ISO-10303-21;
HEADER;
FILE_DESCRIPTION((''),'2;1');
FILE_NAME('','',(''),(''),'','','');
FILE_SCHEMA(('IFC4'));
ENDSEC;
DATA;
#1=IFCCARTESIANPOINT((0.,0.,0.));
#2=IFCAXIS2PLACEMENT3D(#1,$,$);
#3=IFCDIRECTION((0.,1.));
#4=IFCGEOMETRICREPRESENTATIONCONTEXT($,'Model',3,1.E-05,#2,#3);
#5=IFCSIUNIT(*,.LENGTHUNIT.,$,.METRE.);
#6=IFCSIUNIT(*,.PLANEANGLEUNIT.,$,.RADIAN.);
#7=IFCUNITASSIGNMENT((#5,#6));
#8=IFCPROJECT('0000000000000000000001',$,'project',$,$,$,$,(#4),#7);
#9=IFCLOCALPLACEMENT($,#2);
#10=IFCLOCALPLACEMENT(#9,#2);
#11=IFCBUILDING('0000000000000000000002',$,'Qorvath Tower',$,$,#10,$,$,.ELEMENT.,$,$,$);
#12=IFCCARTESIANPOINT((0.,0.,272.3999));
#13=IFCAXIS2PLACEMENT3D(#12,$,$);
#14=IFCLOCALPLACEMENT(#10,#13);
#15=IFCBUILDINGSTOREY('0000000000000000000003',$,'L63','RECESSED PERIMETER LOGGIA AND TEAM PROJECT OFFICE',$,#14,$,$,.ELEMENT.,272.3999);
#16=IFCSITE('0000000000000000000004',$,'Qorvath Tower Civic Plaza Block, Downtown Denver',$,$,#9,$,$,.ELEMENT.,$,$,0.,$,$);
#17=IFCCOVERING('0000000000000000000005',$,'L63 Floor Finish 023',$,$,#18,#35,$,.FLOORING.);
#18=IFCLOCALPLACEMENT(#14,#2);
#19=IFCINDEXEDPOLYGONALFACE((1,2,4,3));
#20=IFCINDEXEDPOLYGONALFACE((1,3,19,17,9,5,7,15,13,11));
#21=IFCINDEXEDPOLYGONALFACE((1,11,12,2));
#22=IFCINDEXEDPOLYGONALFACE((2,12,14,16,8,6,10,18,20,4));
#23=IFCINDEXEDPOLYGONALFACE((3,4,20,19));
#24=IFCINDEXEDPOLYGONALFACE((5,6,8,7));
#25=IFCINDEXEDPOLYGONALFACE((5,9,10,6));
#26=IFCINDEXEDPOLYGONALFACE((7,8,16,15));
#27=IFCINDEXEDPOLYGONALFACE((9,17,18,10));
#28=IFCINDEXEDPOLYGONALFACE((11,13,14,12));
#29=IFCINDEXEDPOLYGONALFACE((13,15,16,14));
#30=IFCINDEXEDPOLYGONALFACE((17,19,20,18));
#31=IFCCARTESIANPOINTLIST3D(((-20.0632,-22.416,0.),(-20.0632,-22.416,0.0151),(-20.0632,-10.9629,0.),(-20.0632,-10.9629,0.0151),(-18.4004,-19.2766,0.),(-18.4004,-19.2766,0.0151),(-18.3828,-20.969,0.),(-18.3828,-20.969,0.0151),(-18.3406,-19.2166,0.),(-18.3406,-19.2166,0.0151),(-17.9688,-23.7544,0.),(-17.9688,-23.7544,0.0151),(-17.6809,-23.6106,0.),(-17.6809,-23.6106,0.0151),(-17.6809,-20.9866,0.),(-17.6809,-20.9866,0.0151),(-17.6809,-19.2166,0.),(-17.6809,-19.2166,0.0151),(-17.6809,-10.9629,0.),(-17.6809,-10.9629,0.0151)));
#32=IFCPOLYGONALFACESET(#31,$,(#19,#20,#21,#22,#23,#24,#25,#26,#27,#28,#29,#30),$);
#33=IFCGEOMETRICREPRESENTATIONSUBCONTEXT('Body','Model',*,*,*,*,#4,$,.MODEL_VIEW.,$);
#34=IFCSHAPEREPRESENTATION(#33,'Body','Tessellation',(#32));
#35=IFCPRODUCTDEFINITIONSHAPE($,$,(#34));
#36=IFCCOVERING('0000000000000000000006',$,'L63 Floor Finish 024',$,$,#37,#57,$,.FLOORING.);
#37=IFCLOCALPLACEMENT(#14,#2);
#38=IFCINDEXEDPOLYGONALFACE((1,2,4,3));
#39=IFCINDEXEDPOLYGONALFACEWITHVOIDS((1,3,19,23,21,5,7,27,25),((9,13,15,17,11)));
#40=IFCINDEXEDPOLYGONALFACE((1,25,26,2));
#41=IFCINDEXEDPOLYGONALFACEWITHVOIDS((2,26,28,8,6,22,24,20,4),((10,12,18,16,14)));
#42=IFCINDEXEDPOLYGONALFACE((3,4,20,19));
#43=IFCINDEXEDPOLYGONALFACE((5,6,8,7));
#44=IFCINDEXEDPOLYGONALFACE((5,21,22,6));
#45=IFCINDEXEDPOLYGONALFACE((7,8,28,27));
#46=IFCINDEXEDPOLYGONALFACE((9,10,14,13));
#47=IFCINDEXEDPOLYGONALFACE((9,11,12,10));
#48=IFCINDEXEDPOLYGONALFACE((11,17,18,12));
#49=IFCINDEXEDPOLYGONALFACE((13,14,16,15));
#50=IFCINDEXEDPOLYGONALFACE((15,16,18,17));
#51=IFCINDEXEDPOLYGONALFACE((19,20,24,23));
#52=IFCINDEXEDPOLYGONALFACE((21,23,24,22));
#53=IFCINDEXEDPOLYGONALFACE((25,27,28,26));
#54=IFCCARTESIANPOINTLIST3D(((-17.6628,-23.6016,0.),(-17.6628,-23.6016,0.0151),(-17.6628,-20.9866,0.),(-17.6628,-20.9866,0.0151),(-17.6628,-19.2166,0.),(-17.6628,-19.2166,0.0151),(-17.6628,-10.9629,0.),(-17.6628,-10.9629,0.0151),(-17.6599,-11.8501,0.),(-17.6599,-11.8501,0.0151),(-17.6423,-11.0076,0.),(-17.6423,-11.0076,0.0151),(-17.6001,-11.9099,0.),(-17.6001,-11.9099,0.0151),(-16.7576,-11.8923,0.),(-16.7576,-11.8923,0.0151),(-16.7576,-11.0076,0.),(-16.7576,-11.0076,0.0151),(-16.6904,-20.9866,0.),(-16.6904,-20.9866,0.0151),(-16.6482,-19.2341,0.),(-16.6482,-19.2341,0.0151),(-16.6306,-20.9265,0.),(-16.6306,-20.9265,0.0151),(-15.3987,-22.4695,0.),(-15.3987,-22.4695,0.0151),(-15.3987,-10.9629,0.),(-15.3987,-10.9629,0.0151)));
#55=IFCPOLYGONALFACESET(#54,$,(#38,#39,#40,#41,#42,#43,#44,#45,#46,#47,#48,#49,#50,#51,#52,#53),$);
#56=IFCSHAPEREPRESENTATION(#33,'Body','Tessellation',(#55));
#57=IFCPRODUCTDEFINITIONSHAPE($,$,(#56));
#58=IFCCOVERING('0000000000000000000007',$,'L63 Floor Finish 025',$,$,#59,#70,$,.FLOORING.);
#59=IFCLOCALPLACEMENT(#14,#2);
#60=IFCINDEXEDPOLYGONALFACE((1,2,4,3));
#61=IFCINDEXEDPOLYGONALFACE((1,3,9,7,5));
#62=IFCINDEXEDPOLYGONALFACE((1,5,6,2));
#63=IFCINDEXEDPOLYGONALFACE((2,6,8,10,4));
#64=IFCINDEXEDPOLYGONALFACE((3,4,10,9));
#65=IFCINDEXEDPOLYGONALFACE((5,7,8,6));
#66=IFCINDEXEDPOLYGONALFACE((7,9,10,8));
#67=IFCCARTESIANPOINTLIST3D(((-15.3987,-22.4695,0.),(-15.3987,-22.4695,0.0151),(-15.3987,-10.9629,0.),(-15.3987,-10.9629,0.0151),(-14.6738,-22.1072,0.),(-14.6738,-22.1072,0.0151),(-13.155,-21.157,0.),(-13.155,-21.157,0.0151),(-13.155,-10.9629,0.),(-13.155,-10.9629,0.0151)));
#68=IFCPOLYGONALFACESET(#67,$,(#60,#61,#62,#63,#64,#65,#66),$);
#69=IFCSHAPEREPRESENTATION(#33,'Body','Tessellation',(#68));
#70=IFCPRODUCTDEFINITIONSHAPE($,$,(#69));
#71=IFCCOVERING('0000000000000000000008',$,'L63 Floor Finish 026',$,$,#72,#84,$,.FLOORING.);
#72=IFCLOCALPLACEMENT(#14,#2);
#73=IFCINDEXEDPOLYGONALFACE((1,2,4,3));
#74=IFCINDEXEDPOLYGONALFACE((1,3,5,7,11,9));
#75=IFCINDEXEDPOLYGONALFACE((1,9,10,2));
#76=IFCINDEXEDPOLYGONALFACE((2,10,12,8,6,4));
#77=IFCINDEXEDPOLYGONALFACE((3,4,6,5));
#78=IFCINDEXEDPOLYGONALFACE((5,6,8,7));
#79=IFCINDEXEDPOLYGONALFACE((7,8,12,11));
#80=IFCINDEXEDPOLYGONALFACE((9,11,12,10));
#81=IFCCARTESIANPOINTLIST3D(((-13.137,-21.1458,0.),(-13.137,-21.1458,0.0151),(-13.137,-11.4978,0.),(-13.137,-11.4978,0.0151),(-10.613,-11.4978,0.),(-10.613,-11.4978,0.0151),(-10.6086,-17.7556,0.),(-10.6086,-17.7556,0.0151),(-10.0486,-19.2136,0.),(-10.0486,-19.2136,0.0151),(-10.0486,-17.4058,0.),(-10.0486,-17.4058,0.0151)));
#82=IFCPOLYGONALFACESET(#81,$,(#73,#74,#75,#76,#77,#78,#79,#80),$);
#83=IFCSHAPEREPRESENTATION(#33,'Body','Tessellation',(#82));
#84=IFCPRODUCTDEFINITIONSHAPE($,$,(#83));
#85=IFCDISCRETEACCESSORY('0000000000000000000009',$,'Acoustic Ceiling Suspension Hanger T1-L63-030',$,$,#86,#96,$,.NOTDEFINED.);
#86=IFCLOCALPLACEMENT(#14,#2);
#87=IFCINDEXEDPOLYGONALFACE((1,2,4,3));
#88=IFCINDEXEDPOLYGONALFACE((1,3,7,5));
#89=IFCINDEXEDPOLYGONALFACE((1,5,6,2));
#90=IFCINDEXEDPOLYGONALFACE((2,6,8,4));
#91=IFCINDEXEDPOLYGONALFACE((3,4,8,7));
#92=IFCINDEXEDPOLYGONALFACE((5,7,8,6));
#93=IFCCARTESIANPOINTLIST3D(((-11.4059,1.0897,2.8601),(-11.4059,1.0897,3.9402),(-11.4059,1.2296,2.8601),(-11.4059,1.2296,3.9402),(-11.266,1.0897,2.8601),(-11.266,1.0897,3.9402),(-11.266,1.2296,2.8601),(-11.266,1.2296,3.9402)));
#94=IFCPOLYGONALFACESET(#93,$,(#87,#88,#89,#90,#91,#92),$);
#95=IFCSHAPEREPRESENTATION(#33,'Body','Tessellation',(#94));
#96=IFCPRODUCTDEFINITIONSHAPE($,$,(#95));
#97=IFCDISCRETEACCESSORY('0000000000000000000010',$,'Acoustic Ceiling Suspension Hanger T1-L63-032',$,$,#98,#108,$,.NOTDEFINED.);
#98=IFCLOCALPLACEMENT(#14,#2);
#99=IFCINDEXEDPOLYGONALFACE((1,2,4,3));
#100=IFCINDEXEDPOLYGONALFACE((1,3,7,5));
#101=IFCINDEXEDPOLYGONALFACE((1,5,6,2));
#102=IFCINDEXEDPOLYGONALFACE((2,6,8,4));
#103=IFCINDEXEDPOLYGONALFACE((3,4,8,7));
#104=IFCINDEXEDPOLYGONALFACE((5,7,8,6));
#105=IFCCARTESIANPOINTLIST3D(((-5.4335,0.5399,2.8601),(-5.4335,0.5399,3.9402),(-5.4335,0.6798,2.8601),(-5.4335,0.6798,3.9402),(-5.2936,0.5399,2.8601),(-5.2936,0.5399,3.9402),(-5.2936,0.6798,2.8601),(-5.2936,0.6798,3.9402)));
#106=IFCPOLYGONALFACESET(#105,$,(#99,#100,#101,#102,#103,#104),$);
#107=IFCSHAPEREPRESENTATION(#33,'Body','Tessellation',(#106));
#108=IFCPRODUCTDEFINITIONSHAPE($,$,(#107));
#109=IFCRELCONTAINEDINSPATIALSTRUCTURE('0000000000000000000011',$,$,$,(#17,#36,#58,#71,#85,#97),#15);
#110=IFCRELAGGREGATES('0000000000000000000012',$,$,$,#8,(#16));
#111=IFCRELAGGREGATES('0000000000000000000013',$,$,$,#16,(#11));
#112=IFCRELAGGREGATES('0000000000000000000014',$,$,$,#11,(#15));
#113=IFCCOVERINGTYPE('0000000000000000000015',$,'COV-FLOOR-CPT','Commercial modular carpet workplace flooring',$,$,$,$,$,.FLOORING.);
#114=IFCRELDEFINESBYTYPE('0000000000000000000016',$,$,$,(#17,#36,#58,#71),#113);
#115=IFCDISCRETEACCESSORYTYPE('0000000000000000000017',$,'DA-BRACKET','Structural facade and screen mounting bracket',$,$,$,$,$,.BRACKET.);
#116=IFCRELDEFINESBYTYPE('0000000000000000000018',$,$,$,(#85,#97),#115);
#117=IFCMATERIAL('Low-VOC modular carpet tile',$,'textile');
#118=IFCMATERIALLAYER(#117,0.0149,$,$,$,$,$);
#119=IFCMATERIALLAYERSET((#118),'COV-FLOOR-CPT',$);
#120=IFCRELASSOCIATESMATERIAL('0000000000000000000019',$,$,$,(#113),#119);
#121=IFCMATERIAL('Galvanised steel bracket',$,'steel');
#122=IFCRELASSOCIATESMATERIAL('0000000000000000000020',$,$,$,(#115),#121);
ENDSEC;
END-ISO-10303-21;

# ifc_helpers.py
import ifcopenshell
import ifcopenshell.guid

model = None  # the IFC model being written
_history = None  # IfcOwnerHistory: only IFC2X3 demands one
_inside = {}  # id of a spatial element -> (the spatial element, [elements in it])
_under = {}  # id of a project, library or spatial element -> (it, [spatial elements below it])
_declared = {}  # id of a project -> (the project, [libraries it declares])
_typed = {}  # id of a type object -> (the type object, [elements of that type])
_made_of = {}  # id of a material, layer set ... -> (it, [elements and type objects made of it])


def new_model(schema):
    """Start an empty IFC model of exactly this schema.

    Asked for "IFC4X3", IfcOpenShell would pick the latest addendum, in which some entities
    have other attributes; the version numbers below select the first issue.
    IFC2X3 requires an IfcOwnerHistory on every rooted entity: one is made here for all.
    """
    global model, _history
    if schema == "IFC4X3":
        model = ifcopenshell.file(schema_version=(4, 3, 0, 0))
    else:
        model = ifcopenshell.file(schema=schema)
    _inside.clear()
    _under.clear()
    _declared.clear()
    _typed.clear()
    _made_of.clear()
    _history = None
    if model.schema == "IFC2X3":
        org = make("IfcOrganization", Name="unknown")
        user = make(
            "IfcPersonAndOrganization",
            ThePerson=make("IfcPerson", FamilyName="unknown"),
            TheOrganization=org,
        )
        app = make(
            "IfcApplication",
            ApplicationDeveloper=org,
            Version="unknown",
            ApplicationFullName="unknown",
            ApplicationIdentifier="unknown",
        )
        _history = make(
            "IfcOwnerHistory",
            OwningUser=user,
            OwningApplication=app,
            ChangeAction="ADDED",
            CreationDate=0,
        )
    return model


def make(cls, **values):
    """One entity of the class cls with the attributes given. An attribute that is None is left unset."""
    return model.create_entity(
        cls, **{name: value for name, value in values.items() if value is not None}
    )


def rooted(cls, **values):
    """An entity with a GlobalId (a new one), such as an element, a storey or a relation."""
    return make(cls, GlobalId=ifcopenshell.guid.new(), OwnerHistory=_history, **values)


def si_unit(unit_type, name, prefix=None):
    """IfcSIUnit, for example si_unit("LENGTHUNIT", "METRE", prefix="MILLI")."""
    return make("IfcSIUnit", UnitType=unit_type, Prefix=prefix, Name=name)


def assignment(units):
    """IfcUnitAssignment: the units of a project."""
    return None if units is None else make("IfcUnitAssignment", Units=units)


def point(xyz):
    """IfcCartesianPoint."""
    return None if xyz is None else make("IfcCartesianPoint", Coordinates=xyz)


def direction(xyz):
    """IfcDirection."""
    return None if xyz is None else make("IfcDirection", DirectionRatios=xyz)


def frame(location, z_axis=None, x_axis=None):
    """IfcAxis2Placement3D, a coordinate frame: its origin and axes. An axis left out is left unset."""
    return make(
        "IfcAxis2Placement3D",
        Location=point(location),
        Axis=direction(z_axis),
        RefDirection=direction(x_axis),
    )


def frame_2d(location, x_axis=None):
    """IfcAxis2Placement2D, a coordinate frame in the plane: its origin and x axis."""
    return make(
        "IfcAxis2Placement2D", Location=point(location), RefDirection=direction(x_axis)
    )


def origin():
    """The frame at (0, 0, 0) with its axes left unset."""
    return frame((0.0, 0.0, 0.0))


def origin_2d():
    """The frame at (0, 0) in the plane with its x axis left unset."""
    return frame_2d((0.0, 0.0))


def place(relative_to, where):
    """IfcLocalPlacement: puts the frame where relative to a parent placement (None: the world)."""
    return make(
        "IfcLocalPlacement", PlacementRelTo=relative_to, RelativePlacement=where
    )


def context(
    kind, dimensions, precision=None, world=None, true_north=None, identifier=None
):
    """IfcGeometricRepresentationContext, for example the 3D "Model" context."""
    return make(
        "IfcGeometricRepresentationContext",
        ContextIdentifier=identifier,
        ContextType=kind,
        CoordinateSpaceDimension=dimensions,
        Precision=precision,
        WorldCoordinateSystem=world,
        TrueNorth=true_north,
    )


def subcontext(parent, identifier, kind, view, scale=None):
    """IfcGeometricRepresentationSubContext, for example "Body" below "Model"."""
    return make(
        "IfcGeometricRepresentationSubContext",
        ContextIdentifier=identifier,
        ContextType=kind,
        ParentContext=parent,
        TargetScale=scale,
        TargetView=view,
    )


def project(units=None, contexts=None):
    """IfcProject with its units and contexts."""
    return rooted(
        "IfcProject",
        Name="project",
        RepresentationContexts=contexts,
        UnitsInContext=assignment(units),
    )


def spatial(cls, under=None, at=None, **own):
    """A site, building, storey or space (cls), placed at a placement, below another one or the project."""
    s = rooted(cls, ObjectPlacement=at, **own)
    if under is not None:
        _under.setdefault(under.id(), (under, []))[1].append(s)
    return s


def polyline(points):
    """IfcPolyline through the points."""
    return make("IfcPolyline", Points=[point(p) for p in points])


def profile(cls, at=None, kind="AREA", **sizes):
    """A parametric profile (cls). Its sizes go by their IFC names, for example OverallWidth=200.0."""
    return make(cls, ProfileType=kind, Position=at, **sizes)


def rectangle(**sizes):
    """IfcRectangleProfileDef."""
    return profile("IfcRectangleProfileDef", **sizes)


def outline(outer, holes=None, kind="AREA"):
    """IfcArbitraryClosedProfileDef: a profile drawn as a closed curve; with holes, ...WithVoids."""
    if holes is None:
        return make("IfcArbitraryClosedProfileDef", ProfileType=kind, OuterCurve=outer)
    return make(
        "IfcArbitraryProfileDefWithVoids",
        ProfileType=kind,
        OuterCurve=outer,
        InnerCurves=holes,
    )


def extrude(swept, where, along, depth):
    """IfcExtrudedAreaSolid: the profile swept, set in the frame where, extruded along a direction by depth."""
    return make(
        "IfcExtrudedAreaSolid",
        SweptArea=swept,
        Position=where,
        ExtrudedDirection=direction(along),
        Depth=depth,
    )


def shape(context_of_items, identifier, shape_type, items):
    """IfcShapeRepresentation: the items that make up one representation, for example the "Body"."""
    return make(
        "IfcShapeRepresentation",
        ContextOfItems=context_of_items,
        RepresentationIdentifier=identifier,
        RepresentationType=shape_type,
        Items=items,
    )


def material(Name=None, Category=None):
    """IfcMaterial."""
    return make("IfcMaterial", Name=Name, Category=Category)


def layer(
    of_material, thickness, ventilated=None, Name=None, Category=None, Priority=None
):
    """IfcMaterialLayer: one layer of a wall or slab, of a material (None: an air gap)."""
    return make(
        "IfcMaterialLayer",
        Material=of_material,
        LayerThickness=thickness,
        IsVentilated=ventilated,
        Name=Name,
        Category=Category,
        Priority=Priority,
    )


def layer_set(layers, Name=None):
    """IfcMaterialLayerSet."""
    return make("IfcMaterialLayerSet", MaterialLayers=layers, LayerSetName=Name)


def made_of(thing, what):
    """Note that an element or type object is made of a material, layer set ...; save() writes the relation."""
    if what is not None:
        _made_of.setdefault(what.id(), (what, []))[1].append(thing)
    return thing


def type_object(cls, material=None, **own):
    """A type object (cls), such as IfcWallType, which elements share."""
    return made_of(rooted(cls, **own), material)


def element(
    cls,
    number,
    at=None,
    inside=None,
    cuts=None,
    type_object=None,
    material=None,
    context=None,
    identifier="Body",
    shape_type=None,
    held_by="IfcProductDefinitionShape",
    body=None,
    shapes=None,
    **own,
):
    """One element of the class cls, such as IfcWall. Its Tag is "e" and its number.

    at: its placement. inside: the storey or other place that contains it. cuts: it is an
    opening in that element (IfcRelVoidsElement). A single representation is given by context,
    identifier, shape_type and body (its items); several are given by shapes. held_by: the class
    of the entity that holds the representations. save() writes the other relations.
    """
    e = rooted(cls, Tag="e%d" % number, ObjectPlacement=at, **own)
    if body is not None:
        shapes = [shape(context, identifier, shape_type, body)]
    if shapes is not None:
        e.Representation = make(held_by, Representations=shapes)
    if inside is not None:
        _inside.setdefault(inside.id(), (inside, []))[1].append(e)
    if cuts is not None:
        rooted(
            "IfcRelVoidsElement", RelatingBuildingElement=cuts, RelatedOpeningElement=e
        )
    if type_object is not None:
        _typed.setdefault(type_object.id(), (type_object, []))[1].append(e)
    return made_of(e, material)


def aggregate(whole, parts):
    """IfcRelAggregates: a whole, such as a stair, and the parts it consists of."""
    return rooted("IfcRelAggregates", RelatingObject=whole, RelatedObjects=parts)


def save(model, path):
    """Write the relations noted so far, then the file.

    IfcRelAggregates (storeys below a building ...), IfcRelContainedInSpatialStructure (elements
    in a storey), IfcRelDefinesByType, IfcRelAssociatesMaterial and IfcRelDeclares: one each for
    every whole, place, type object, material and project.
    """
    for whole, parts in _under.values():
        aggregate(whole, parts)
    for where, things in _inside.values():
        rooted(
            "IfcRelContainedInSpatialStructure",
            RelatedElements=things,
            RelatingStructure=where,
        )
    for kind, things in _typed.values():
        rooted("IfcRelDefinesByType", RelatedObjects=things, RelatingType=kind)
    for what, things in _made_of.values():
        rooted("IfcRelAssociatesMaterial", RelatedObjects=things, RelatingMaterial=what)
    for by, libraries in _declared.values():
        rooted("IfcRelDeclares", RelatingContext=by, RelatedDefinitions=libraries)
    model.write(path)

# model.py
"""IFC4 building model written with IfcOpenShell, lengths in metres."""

from ifc_helpers import new_model, si_unit, direction, frame, origin, origin_2d, place, context, subcontext, project, spatial, polyline, rectangle, outline, extrude, material, layer, layer_set, type_object, element, save


model = new_model("IFC4")

# Units and contexts
model_context = context("Model", 3, precision=1e-05, world=origin(), true_north=direction((0.0, 1.0)))
body_context = subcontext(model_context, "Body", "Model", "MODEL_VIEW")
ifc_project = project(units=[si_unit("LENGTHUNIT", "METRE"), si_unit("PLANEANGLEUNIT", "RADIAN")], contexts=[model_context])

# Site, building, storey
site_placement = place(None, origin())
site = spatial("IfcSite", under=ifc_project, at=site_placement, Name="Qorvath Tower Civic Plaza Block, Downtown Denver", CompositionType="ELEMENT", RefElevation=0.0)
building_placement = place(site_placement, origin())
building = spatial("IfcBuilding", under=site, at=building_placement, Name="Qorvath Tower", CompositionType="ELEMENT")
storey_placement = place(building_placement, frame((0.0, 0.0, 272.3999)))
storey = spatial("IfcBuildingStorey", under=building, at=storey_placement, Name="L63", Description="RECESSED PERIMETER LOGGIA AND TEAM PROJECT OFFICE", CompositionType="ELEMENT", Elevation=272.3999)

# Coverings
ifc_material_1 = material(Name="Low-VOC modular carpet tile", Category="textile")
ifc_layer_1 = layer(ifc_material_1, 0.0149)
ifc_layer_set_1 = layer_set([ifc_layer_1], Name="COV-FLOOR-CPT")
covering_type_1 = type_object("IfcCoveringType", Name="COV-FLOOR-CPT", Description="Commercial modular carpet workplace flooring", PredefinedType="FLOORING", material=ifc_layer_set_1)
covering_1_placement = place(storey_placement, origin())
element("IfcCovering", 1, at=covering_1_placement, inside=storey, type_object=covering_type_1, Name="L63 Floor Finish 023", PredefinedType="FLOORING", context=body_context, shape_type="SweptSolid", body=[
    extrude(outline(polyline([(-17.9688, -23.7544), (-17.6809, -23.6106), (-17.6809, -20.9866), (-18.3828, -20.969), (-18.4004, -19.2766), (-18.3406, -19.2166), (-17.6809, -19.2166), (-17.6809, -10.9629), (-20.0632, -10.9629), (-20.0632, -22.416), (-17.9688, -23.7544)])), origin(), (0.0, 0.0, 1.0), 0.0151),
])
covering_2_placement = place(storey_placement, origin())
element("IfcCovering", 2, at=covering_2_placement, inside=storey, type_object=covering_type_1, Name="L63 Floor Finish 024", PredefinedType="FLOORING", context=body_context, shape_type="SweptSolid", body=[
    extrude(outline(polyline([(-17.6628, -20.9866), (-17.6628, -23.6016), (-15.3987, -22.4695), (-15.3987, -10.9629), (-17.6628, -10.9629), (-17.6628, -19.2166), (-16.6482, -19.2341), (-16.6306, -20.9265), (-16.6904, -20.9866), (-17.6628, -20.9866)]), holes=[polyline([(-17.6599, -11.8501), (-17.6423, -11.0076), (-16.7576, -11.0076), (-16.7576, -11.8923), (-17.6001, -11.9099), (-17.6599, -11.8501)])]), origin(), (0.0, 0.0, 1.0), 0.0151),
])
covering_3_placement = place(storey_placement, origin())
element("IfcCovering", 3, at=covering_3_placement, inside=storey, type_object=covering_type_1, Name="L63 Floor Finish 025", PredefinedType="FLOORING", context=body_context, shape_type="SweptSolid", body=[
    extrude(outline(polyline([(-15.3987, -10.9629), (-15.3987, -22.4695), (-14.6738, -22.1072), (-13.155, -21.157), (-13.155, -10.9629), (-15.3987, -10.9629)])), origin(), (0.0, 0.0, 1.0), 0.0151),
])
covering_4_placement = place(storey_placement, origin())
element("IfcCovering", 4, at=covering_4_placement, inside=storey, type_object=covering_type_1, Name="L63 Floor Finish 026", PredefinedType="FLOORING", context=body_context, shape_type="SweptSolid", body=[
    extrude(outline(polyline([(-13.137, -11.4978), (-13.137, -21.1458), (-10.0486, -19.2136), (-10.0486, -17.4058), (-10.6086, -17.7556), (-10.613, -11.4978), (-13.137, -11.4978)])), origin(), (0.0, 0.0, 1.0), 0.0151),
])

# Discrete accessories
ifc_material_2 = material(Name="Galvanised steel bracket", Category="steel")
discrete_accessory_type = type_object("IfcDiscreteAccessoryType", Name="DA-BRACKET", Description="Structural facade and screen mounting bracket", PredefinedType="BRACKET", material=ifc_material_2)
for number, where, z_axis, x_axis, name in (
    (5, (-11.3359, 1.1597, 2.8601), (0.0, 0.0, 1.0), (1.0, 0.0, 0.0), "Acoustic Ceiling Suspension Hanger T1-L63-030"),
    (6, (-5.3635, 0.6099, 2.8601), (0.0, 0.0, 1.0), (1.0, 0.0, 0.0), "Acoustic Ceiling Suspension Hanger T1-L63-032"),
):
    element("IfcDiscreteAccessory", number, at=place(storey_placement, frame(where, z_axis=z_axis, x_axis=x_axis)), inside=storey, type_object=discrete_accessory_type, Name=name, PredefinedType="NOTDEFINED", context=body_context, shape_type="SweptSolid", body=[
        extrude(rectangle(XDim=0.1399, YDim=0.1399, at=origin_2d()), origin(), (0.0, 0.0, 1.0), 1.0801),
    ])

save(model, "model.ifc")
